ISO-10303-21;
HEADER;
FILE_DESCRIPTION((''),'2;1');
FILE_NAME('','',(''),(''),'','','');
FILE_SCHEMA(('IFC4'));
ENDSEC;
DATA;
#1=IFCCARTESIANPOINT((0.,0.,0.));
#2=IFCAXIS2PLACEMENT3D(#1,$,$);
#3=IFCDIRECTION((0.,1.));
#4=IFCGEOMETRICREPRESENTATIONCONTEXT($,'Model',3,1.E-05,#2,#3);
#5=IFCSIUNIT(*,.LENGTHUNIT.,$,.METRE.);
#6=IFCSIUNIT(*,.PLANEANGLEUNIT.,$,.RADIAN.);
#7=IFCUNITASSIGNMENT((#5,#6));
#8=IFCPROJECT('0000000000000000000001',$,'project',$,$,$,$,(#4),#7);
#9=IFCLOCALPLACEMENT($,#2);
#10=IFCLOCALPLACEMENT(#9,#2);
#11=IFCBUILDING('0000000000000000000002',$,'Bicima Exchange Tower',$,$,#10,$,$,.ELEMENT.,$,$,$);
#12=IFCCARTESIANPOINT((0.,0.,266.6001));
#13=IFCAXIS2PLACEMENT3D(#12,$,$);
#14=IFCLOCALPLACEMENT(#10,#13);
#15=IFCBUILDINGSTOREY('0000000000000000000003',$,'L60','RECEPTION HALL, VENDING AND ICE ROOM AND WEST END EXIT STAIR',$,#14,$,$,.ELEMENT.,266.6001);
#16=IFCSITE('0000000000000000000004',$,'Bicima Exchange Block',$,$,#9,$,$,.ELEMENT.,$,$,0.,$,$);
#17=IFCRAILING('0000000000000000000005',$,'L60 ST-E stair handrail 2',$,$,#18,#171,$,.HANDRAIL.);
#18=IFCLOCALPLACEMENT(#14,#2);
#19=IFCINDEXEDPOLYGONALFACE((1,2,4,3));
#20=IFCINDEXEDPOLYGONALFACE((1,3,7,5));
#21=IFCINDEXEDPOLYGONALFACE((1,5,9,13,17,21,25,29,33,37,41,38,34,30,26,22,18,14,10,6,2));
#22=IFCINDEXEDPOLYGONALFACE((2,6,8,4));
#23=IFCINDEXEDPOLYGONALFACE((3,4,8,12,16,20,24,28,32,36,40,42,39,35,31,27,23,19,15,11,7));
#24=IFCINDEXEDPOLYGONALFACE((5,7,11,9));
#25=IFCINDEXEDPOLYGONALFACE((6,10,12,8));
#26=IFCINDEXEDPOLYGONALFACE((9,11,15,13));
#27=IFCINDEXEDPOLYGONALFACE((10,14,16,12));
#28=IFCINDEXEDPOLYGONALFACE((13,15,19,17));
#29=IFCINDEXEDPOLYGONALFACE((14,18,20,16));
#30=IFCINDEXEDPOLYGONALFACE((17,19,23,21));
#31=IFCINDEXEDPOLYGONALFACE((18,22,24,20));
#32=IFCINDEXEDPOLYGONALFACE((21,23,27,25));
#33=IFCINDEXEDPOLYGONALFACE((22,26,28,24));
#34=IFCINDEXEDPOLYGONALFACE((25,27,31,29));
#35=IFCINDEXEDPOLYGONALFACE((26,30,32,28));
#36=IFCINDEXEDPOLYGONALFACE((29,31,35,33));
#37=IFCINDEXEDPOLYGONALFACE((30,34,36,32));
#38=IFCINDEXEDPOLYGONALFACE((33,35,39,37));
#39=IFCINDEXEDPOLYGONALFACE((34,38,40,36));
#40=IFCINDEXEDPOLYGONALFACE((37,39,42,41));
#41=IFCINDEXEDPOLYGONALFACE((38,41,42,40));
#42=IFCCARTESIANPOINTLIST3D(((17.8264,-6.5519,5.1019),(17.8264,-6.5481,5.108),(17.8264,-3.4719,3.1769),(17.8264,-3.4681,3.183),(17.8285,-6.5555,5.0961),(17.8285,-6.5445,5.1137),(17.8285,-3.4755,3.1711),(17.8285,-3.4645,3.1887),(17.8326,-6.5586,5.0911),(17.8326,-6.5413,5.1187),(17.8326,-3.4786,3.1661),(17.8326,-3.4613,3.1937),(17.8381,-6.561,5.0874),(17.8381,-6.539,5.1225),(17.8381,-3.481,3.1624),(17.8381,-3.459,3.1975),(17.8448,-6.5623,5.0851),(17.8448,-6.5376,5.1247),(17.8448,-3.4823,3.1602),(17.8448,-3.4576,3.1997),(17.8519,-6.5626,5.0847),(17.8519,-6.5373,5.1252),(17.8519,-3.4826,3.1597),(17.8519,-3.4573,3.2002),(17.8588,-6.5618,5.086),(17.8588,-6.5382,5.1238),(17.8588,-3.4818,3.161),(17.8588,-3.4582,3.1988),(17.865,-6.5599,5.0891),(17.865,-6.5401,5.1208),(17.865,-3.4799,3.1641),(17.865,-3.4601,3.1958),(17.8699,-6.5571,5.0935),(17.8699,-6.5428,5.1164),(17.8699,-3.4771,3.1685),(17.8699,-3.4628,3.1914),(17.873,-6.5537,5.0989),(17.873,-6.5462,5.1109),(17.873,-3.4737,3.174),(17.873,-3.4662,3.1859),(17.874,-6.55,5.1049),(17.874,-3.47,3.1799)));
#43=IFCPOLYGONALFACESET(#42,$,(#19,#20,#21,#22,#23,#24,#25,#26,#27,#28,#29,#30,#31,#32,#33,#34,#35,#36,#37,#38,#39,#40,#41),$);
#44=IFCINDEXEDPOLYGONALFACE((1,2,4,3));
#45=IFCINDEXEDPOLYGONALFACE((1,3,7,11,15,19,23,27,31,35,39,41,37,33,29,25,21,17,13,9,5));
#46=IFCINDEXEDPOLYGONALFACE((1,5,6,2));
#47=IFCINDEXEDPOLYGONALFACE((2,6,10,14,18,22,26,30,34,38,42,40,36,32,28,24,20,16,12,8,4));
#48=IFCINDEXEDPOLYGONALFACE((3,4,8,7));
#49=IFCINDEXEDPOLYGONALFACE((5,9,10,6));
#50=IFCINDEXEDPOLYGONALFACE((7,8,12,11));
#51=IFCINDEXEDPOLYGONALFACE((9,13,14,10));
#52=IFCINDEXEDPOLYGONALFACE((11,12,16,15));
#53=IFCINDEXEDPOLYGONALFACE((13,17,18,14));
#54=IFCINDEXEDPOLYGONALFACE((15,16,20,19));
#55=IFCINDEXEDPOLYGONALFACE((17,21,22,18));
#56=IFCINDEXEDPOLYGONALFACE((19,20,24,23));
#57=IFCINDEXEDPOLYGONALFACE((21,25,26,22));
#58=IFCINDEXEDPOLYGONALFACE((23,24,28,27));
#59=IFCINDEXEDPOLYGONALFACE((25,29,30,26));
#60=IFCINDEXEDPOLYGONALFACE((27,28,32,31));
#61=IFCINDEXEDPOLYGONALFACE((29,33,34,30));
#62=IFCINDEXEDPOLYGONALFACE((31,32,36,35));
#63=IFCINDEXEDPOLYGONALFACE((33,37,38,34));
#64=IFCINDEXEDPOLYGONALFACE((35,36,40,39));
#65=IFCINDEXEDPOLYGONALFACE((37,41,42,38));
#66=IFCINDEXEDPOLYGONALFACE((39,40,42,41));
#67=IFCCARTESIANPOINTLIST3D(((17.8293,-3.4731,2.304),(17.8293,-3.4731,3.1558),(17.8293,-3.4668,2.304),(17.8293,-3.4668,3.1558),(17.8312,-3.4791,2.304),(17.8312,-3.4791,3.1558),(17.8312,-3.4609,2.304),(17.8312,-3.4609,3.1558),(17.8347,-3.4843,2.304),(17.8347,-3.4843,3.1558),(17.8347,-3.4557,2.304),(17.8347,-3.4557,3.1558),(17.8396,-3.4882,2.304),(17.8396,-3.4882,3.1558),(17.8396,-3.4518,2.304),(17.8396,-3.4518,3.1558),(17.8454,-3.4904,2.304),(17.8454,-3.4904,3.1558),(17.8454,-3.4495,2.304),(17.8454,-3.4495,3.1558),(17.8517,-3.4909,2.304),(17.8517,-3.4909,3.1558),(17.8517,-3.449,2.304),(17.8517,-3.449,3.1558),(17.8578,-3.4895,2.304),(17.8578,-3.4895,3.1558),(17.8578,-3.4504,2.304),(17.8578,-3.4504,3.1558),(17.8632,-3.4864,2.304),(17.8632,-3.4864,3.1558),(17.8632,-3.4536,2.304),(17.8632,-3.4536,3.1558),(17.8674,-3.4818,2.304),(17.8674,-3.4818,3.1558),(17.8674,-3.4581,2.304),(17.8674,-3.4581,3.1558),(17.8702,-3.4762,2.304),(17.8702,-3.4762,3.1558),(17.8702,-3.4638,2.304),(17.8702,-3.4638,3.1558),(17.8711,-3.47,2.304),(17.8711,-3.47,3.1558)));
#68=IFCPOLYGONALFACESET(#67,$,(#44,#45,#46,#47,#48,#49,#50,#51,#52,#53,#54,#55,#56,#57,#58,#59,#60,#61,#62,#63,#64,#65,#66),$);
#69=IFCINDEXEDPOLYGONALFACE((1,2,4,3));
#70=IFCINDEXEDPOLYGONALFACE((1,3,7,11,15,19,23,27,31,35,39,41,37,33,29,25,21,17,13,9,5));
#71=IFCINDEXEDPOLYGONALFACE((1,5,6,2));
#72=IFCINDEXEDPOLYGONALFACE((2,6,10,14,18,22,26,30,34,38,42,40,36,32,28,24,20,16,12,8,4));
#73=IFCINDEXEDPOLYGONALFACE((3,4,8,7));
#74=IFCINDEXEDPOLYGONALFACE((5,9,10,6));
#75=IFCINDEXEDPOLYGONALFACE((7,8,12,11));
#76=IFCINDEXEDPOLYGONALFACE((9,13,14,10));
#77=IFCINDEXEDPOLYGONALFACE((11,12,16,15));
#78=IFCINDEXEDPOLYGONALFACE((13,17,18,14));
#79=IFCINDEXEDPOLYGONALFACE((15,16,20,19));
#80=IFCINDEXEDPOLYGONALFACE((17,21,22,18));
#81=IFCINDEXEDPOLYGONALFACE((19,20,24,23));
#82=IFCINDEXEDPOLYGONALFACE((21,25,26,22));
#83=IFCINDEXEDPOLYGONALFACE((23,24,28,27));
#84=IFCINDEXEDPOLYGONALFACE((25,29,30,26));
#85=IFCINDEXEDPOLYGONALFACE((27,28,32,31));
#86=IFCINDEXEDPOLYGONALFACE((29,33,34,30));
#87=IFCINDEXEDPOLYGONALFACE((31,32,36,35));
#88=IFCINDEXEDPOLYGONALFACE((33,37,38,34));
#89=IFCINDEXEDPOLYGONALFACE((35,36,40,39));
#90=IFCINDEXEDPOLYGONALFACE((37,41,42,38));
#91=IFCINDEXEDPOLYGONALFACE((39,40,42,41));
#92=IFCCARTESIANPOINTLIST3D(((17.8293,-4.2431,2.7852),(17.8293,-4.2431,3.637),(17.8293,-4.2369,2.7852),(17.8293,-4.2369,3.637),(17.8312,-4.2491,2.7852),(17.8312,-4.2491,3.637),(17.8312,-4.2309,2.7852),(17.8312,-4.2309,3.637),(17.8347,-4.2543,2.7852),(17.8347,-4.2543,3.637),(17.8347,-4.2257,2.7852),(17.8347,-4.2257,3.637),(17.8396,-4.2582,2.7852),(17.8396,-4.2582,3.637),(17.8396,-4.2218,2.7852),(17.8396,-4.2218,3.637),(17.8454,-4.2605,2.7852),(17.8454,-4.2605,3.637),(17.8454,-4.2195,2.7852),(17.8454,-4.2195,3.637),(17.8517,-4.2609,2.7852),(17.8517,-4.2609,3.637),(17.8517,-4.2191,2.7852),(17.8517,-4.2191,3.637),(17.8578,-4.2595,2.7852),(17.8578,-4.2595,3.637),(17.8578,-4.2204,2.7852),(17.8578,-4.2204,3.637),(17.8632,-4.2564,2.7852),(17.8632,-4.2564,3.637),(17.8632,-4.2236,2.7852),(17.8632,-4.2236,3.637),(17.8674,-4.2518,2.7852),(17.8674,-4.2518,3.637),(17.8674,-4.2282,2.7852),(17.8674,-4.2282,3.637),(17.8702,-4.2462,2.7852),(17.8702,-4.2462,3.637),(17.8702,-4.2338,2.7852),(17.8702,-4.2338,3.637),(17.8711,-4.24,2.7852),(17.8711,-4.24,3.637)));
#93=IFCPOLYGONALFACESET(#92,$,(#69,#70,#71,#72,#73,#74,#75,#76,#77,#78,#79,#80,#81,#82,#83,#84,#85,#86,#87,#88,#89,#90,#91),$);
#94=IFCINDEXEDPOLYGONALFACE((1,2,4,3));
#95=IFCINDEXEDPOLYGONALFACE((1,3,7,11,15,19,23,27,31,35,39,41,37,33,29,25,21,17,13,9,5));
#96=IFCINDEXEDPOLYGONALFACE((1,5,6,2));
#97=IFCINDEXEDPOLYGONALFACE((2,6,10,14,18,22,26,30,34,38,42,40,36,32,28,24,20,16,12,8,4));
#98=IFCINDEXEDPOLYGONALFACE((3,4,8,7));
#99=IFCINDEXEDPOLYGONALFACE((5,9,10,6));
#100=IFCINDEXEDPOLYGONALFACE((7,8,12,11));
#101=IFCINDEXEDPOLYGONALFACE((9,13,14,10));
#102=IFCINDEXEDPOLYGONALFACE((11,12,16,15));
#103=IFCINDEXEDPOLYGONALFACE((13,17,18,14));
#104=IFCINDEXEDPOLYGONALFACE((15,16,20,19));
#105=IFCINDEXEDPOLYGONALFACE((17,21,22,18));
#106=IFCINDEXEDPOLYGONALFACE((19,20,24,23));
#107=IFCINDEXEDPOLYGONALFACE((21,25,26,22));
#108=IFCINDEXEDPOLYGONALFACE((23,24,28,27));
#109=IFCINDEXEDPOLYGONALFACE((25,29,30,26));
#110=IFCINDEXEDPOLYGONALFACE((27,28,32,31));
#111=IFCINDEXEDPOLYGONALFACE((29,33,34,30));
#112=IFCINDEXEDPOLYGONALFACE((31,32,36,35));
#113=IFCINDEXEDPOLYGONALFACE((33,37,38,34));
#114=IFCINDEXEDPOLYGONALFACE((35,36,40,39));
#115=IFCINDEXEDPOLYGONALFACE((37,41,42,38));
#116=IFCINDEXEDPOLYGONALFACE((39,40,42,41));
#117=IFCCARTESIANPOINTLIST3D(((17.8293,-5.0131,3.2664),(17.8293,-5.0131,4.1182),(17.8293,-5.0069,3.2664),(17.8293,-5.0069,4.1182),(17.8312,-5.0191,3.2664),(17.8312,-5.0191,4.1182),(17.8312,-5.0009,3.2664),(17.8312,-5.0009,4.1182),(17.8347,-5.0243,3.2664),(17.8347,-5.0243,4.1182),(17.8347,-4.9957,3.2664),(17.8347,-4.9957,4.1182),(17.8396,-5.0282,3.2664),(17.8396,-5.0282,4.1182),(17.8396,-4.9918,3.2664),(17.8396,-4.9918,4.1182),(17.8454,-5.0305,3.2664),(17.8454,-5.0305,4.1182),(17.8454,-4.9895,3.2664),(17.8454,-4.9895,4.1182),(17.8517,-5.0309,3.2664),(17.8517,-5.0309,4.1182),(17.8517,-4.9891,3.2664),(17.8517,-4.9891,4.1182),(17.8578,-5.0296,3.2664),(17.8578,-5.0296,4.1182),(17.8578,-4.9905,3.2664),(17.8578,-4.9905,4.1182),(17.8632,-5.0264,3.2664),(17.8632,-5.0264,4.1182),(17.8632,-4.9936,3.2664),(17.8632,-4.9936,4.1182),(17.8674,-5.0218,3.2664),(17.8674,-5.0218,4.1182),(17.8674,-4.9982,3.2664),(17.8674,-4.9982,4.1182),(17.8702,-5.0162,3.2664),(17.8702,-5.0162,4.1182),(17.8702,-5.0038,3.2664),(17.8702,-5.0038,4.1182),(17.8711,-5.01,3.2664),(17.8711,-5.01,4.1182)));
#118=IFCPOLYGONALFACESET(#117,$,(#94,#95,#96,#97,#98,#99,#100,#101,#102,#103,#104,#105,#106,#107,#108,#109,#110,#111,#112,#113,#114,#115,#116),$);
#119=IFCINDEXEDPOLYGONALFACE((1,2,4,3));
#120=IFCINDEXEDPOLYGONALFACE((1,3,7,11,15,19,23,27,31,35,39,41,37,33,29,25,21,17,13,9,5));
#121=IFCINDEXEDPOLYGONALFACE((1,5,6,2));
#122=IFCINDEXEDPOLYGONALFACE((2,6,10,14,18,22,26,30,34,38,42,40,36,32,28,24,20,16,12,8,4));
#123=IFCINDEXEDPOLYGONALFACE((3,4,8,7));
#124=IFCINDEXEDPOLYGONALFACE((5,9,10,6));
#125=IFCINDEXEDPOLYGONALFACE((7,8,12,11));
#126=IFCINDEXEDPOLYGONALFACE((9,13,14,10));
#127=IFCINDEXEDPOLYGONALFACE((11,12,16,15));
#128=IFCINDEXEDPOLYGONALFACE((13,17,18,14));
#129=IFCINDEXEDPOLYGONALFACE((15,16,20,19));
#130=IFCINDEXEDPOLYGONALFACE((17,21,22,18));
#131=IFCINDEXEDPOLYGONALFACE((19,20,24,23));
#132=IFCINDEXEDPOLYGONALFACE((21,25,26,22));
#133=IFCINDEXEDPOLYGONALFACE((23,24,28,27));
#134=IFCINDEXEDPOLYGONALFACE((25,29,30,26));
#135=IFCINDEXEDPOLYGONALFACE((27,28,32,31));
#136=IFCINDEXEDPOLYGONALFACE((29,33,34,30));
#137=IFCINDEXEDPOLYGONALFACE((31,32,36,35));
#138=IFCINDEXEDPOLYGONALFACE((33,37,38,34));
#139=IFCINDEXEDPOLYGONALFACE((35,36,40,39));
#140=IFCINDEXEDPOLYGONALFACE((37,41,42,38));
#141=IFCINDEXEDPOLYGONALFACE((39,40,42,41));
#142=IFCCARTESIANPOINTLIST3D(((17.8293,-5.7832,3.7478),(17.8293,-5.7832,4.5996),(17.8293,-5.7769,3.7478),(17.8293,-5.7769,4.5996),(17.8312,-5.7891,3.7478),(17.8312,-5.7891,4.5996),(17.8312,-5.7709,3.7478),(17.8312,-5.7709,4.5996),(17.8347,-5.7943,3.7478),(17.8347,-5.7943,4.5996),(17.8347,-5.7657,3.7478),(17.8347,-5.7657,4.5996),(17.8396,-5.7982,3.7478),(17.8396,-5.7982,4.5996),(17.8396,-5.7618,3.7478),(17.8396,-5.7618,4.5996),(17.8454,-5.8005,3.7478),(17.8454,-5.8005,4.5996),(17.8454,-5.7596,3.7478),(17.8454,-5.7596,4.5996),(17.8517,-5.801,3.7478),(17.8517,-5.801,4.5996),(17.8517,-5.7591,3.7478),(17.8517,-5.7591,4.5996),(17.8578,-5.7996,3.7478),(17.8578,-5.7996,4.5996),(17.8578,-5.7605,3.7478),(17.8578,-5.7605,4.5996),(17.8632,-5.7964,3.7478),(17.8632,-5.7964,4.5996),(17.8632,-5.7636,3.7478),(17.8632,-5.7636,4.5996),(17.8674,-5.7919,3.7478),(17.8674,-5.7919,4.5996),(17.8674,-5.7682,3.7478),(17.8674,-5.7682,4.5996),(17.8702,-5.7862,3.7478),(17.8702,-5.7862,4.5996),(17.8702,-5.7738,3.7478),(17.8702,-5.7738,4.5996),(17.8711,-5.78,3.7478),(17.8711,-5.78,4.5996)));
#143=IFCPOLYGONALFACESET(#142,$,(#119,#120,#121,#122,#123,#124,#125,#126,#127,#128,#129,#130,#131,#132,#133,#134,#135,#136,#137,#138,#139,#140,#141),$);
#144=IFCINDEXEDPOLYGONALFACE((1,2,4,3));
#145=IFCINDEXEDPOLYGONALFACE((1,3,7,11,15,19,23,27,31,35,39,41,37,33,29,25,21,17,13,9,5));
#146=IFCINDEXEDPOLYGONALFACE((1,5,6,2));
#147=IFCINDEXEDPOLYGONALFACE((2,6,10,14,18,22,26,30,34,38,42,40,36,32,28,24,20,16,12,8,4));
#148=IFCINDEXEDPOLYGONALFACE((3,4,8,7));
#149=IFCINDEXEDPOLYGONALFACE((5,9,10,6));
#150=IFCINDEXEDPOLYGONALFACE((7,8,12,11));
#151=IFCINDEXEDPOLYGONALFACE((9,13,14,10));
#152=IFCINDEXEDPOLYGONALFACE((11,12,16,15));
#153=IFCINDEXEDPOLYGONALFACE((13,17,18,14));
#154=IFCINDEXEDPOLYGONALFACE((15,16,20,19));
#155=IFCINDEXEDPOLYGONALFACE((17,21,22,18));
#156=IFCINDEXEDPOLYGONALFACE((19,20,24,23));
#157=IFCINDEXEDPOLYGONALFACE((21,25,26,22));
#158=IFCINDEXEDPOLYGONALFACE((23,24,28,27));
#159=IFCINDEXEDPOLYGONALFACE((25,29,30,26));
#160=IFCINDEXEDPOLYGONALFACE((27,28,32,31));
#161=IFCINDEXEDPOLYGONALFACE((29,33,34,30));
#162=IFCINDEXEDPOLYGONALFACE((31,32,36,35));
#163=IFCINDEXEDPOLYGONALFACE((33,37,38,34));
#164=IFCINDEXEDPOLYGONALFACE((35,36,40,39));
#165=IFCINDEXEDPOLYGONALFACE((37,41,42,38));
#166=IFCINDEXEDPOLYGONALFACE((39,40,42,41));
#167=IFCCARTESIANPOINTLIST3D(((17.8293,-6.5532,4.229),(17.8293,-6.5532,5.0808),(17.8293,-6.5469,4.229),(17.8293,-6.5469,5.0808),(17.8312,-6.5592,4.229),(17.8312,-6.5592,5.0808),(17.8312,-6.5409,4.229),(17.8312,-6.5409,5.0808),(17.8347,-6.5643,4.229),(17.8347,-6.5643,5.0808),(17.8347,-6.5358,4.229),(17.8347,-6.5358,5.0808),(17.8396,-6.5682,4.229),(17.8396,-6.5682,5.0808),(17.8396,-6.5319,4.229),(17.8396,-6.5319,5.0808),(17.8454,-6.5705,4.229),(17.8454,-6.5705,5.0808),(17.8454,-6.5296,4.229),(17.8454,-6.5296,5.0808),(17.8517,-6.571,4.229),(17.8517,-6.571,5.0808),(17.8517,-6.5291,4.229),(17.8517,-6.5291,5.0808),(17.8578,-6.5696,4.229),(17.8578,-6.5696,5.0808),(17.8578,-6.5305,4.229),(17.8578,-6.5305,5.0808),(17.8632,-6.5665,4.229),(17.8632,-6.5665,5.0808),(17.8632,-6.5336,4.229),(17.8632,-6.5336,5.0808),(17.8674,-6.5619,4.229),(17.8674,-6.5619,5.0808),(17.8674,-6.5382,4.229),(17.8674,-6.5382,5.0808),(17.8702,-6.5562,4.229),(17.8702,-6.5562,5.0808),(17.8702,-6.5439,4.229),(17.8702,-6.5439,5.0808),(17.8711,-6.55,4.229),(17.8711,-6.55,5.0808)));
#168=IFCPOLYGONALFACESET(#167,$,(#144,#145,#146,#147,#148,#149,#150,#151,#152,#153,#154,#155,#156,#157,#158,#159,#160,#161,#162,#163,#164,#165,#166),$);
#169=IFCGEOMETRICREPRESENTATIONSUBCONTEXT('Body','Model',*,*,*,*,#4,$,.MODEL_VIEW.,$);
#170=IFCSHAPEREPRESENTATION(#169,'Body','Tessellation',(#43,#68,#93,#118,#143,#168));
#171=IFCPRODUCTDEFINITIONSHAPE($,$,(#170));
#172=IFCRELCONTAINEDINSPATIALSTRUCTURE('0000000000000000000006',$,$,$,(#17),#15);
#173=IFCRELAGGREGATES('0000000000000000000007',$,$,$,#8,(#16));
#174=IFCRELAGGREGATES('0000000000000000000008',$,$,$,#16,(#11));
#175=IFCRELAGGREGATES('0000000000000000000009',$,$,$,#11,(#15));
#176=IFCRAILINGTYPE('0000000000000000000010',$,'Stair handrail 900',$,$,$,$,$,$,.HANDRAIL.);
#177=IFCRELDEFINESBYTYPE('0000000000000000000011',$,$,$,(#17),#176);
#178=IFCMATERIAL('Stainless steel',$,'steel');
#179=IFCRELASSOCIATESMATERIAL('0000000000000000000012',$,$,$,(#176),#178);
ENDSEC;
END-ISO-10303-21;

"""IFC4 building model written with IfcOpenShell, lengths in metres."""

from ifc_helpers import new_model, si_unit, direction, frame, origin, origin_2d, place, context, subcontext, project, spatial, circle, extrude, material, type_object, element, save


model = new_model("IFC4")

# Units and contexts
model_context = context("Model", 3, precision=1e-05, world=origin(), true_north=direction((0.0, 1.0)))
body_context = subcontext(model_context, "Body", "Model", "MODEL_VIEW")
ifc_project = project(units=[si_unit("LENGTHUNIT", "METRE"), si_unit("PLANEANGLEUNIT", "RADIAN")], contexts=[model_context])

# Site, building, storey
site_placement = place(None, origin())
site = spatial("IfcSite", under=ifc_project, at=site_placement, Name="Bicima Exchange Block", CompositionType="ELEMENT", RefElevation=0.0)
building_placement = place(site_placement, origin())
building = spatial("IfcBuilding", under=site, at=building_placement, Name="Bicima Exchange Tower", CompositionType="ELEMENT")
storey_placement = place(building_placement, frame((0.0, 0.0, 266.6001)))
storey = spatial("IfcBuildingStorey", under=building, at=storey_placement, Name="L60", Description="RECEPTION HALL, VENDING AND ICE ROOM AND WEST END EXIT STAIR", CompositionType="ELEMENT", Elevation=266.6001)

# Railing
ifc_material_1 = material(Name="Stainless steel", Category="steel")
railing_type = type_object("IfcRailingType", Name="Stair handrail 900", PredefinedType="HANDRAIL", material=ifc_material_1)
railing_placement = place(storey_placement, frame((17.8501, -3.47, 2.304)))
element("IfcRailing", 1, at=railing_placement, inside=storey, type_object=railing_type, Name="L60 ST-E stair handrail 2", PredefinedType="HANDRAIL", context=body_context, shape_type="SweptSolid", body=[
    extrude(circle(Radius=0.0239, at=origin_2d()), frame((0.0, 0.0, 0.876), z_axis=(0.0, -0.847998, 0.529999), x_axis=(1.0, 0.0, 0.0)), (0.0, 0.0, 1.0), 3.6321),
    extrude(circle(Radius=0.021, at=origin_2d()), origin(), (0.0, 0.0, 1.0), 0.8518),
    extrude(circle(Radius=0.021, at=origin_2d()), frame((0.0, -0.77, 0.4812)), (0.0, 0.0, 1.0), 0.8518),
    extrude(circle(Radius=0.021, at=origin_2d()), frame((0.0, -1.54, 0.9624)), (0.0, 0.0, 1.0), 0.8518),
    extrude(circle(Radius=0.021, at=origin_2d()), frame((0.0, -2.3101, 1.4438)), (0.0, 0.0, 1.0), 0.8518),
    extrude(circle(Radius=0.021, at=origin_2d()), frame((0.0, -3.0801, 1.925)), (0.0, 0.0, 1.0), 0.8518),
])

save(model, "model.ifc")
